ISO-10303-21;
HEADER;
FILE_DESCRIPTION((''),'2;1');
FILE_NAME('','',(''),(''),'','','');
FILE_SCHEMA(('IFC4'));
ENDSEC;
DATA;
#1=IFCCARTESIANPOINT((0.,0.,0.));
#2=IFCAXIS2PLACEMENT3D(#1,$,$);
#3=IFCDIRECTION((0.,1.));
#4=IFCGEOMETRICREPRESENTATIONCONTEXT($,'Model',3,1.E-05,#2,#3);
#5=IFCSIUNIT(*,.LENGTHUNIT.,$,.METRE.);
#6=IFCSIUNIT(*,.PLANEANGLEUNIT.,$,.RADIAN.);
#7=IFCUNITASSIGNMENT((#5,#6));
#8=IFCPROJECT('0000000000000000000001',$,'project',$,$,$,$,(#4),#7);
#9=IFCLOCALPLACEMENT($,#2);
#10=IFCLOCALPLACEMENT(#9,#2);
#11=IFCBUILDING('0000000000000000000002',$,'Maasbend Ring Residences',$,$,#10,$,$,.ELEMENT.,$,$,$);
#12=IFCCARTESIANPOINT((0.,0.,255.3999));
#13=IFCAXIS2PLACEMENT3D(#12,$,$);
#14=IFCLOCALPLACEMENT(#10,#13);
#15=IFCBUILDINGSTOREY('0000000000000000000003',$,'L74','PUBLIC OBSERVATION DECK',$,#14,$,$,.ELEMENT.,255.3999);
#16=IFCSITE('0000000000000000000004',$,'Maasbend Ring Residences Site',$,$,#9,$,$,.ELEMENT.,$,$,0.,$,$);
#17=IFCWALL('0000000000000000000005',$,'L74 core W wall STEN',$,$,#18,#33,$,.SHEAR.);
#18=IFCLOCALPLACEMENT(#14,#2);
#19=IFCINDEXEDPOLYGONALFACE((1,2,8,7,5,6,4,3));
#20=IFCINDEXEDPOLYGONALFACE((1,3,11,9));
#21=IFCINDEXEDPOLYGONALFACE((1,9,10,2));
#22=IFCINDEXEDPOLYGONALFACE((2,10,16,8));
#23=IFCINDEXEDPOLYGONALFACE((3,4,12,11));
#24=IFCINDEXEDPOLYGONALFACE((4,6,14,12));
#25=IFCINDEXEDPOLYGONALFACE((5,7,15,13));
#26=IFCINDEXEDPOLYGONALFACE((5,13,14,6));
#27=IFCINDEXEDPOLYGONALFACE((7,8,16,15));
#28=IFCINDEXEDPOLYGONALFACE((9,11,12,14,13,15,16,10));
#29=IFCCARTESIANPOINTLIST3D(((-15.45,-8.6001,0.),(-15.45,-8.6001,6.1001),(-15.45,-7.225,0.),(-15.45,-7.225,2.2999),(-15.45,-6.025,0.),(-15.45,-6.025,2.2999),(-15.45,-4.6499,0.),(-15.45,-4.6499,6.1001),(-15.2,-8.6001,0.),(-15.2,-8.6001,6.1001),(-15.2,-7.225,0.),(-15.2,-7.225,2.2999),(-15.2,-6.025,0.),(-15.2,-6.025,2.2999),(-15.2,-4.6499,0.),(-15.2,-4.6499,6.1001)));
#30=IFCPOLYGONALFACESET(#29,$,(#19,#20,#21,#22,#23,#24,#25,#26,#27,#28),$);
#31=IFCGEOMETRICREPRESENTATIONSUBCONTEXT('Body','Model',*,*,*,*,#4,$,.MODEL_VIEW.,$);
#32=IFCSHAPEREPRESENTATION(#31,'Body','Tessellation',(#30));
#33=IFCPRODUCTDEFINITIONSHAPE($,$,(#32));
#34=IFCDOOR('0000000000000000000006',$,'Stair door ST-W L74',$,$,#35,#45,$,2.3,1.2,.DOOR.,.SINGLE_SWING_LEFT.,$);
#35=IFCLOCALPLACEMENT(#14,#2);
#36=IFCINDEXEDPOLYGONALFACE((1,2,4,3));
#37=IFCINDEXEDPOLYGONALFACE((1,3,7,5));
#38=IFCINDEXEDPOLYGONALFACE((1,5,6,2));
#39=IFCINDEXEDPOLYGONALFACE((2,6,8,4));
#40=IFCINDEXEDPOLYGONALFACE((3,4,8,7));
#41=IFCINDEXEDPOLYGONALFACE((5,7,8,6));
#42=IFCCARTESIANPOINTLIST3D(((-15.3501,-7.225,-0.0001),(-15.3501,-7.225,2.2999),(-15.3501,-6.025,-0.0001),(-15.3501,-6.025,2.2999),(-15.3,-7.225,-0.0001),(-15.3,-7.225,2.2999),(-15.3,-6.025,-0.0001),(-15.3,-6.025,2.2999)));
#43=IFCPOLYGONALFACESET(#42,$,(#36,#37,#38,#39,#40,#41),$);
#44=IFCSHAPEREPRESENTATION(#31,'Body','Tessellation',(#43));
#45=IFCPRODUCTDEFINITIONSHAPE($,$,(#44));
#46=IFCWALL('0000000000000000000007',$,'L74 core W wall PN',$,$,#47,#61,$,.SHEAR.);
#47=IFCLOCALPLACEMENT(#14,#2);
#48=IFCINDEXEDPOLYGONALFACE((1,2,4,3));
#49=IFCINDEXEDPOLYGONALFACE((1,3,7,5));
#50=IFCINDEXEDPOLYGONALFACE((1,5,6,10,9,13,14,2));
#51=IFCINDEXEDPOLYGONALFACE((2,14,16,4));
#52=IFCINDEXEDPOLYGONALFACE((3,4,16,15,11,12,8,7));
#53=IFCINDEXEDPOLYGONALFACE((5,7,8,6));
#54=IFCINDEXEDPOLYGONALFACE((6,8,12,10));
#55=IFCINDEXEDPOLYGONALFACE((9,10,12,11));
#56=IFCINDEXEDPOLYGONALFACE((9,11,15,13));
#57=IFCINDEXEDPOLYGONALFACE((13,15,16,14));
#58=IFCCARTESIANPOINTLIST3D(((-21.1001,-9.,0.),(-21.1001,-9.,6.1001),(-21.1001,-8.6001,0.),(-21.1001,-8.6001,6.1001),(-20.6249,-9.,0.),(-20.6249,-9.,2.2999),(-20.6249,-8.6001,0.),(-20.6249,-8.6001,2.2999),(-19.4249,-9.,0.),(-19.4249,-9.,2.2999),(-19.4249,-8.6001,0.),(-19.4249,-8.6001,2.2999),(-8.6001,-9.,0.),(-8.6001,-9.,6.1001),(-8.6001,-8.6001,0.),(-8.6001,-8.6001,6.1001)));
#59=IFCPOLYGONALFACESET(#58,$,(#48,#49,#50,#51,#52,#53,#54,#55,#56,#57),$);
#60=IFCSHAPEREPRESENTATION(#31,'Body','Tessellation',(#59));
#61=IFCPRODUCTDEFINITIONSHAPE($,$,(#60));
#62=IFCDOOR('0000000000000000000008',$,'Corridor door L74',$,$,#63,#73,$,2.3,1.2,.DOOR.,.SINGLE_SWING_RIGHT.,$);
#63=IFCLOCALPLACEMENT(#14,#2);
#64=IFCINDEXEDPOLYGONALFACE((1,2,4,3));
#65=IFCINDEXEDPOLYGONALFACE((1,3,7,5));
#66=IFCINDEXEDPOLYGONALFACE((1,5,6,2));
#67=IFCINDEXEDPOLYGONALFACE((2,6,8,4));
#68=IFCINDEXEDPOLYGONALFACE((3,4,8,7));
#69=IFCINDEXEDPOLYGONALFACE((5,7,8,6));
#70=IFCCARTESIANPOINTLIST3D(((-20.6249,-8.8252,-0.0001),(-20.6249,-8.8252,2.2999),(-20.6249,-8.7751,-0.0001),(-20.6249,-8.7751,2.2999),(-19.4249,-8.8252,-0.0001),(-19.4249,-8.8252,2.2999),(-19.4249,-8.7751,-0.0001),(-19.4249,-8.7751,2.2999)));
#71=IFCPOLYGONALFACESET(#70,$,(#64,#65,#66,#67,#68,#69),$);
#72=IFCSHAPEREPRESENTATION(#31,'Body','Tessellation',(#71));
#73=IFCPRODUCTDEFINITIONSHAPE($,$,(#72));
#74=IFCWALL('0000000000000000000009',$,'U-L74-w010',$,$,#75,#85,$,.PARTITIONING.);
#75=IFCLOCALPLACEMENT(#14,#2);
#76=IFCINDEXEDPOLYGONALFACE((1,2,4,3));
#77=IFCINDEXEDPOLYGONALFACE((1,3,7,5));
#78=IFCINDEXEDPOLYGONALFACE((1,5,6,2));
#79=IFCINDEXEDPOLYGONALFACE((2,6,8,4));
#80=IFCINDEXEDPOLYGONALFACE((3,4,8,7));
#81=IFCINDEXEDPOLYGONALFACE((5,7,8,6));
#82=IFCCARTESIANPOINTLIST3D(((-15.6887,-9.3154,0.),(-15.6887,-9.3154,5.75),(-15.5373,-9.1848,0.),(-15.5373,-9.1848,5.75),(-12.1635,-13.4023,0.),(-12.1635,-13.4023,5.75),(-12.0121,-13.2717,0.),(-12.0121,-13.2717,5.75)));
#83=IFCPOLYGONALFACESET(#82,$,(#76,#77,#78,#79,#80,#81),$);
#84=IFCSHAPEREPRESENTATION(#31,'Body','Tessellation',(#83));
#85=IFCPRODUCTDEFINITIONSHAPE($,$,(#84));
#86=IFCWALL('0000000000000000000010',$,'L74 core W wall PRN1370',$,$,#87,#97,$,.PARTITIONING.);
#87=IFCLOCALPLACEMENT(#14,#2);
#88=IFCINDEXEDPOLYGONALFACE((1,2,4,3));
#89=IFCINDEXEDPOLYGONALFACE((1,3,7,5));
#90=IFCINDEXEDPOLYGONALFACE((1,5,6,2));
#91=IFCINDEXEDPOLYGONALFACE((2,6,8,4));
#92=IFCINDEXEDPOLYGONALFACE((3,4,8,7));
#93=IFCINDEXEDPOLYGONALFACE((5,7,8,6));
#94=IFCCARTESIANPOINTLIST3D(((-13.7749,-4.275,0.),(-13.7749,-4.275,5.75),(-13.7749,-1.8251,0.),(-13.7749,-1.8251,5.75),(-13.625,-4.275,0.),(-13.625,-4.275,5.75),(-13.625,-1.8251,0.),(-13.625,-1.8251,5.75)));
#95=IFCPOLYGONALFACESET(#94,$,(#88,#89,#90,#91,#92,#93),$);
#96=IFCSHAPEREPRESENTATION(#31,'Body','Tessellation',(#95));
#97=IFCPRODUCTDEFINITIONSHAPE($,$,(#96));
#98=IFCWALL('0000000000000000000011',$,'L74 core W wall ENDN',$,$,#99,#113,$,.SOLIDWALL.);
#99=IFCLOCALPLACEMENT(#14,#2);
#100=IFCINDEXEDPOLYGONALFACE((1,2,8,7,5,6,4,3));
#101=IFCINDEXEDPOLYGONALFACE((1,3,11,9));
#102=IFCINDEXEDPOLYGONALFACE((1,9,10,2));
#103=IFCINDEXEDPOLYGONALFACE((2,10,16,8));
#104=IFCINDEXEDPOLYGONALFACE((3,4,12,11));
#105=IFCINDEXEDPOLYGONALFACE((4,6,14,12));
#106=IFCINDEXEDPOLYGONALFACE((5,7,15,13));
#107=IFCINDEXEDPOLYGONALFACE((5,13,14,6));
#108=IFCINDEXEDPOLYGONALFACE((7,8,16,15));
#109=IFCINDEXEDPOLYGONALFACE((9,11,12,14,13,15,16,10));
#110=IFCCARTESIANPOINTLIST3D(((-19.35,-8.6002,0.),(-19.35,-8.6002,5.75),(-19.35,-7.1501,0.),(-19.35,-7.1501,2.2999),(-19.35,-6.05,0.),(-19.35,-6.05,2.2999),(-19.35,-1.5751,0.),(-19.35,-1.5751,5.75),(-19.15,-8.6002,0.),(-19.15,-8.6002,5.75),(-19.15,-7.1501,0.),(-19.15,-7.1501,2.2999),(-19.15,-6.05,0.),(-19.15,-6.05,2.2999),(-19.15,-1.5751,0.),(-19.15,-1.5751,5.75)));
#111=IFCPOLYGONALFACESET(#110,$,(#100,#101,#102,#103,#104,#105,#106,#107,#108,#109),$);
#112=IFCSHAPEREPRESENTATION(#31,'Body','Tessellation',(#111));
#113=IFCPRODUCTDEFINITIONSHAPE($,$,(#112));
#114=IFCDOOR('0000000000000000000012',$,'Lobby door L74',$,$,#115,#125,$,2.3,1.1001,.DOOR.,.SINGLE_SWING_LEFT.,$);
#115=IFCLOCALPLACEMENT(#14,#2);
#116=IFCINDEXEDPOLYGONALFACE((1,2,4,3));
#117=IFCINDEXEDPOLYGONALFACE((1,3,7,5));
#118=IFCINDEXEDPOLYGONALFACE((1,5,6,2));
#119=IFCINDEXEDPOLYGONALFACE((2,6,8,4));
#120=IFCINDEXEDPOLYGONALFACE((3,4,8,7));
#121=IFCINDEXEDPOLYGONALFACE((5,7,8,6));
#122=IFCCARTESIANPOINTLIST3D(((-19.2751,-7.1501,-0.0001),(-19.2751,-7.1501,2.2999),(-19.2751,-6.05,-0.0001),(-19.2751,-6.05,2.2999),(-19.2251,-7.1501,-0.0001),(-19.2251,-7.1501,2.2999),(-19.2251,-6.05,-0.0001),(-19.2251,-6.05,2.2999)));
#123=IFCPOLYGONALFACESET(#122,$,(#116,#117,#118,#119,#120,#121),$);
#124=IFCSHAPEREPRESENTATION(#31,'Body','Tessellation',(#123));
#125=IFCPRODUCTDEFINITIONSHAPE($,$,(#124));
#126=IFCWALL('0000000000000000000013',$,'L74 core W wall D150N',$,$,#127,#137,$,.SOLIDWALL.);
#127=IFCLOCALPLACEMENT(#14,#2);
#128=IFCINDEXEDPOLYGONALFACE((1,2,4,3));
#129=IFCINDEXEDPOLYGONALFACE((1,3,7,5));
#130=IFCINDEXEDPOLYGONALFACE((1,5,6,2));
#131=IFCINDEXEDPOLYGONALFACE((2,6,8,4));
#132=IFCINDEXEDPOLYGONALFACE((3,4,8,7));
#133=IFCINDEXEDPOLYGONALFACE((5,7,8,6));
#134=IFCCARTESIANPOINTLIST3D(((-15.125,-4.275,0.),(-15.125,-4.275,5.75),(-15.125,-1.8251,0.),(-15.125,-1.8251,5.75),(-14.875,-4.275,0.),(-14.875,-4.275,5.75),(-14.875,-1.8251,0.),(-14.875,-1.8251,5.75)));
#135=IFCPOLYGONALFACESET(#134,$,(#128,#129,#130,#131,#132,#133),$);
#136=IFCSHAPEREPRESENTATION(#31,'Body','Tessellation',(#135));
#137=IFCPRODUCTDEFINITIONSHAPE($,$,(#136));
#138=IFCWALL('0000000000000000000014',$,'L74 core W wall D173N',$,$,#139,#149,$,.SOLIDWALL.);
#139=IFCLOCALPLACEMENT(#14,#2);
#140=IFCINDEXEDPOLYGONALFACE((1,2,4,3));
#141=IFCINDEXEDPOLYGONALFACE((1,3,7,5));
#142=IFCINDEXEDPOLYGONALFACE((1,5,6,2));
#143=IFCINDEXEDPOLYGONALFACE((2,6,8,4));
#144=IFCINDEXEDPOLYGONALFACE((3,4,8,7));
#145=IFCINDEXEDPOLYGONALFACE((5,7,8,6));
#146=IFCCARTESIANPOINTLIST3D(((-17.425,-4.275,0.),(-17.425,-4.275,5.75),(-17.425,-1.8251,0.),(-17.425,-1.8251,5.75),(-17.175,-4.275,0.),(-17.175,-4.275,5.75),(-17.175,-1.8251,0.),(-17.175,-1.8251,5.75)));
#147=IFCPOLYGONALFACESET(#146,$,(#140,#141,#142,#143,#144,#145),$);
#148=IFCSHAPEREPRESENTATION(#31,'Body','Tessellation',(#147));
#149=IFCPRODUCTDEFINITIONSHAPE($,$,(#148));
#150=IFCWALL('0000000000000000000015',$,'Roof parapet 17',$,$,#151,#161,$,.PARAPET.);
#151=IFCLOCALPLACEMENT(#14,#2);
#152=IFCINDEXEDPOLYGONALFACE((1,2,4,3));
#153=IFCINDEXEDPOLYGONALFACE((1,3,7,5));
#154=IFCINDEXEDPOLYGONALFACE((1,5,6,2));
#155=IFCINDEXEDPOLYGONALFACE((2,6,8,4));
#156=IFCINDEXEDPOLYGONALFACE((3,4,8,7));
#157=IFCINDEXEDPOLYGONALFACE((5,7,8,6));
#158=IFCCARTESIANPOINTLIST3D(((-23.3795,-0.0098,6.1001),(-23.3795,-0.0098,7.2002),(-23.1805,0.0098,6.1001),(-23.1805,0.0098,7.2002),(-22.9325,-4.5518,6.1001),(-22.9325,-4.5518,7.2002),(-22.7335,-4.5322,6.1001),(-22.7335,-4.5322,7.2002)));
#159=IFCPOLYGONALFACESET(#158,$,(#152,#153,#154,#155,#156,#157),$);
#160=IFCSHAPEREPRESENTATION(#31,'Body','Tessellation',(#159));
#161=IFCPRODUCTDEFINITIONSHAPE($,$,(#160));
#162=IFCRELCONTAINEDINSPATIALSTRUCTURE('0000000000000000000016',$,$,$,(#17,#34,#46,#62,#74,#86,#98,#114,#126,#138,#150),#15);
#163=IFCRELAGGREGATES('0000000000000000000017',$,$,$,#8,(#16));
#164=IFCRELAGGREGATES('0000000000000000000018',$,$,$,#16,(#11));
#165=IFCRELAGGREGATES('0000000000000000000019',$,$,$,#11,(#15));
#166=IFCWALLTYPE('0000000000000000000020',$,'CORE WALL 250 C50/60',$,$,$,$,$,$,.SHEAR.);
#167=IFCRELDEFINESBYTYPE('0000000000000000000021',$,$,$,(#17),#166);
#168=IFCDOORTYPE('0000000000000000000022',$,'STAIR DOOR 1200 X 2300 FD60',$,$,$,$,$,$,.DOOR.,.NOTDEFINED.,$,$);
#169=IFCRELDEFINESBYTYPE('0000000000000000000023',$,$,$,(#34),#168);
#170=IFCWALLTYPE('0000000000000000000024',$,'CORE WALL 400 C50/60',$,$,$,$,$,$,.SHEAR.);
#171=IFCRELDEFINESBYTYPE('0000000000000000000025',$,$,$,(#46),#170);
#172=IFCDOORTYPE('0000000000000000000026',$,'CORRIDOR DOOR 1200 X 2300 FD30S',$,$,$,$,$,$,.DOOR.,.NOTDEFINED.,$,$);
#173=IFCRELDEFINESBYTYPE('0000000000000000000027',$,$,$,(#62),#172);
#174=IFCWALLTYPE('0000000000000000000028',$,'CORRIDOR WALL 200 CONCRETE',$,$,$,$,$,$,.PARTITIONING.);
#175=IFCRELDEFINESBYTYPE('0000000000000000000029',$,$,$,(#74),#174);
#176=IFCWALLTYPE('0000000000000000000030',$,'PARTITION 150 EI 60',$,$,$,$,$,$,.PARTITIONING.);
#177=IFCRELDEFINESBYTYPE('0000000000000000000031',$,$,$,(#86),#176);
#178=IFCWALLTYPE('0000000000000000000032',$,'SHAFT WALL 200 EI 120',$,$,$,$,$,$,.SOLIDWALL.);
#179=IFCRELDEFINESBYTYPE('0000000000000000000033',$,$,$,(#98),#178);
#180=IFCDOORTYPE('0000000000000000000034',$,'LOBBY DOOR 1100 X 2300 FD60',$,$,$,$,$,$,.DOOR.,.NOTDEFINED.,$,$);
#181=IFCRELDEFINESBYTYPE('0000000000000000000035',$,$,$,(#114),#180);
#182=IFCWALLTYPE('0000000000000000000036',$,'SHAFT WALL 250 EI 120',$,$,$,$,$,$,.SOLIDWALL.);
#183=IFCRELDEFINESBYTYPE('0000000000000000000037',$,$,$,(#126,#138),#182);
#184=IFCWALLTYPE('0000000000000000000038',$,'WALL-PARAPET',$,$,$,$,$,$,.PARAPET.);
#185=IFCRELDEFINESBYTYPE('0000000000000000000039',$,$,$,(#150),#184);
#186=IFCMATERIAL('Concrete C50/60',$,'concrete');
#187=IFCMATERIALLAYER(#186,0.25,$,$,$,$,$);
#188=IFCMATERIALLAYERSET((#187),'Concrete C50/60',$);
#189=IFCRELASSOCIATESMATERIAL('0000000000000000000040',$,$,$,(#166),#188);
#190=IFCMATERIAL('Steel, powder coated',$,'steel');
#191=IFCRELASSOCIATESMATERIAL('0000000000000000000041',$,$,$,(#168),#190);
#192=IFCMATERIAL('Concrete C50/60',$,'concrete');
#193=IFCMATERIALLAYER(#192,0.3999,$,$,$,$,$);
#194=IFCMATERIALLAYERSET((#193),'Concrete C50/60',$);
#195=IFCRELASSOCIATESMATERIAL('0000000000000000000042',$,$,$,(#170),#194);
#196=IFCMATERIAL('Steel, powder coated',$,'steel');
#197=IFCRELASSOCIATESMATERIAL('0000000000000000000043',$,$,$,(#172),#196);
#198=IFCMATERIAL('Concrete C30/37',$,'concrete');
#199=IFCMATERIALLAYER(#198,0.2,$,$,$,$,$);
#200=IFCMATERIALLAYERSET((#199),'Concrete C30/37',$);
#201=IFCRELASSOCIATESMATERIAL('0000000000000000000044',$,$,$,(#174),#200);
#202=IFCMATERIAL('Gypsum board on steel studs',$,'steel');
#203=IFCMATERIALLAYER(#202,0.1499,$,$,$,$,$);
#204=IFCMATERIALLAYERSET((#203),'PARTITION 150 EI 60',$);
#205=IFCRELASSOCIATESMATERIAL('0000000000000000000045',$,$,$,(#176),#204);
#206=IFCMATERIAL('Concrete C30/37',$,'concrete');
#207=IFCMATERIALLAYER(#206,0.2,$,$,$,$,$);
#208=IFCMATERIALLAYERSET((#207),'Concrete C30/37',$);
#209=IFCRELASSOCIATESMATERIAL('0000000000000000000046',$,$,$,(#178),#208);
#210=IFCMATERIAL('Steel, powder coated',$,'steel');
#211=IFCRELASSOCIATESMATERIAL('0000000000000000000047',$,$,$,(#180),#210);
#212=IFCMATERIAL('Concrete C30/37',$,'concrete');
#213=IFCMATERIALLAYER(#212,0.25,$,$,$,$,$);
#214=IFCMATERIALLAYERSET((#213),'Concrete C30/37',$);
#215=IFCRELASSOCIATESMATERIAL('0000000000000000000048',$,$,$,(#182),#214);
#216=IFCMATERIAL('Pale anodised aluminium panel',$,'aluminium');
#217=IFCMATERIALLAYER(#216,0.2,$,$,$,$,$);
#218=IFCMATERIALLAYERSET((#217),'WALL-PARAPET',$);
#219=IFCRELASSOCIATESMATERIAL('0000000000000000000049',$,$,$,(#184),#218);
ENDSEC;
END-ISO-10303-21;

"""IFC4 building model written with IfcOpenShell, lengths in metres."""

from ifc_helpers import new_model, si_unit, direction, frame, frame_2d, origin, place, context, subcontext, project, spatial, rectangle, extrude, material, layer, layer_set, type_object, element, fill, save


model = new_model("IFC4")

# Units and contexts
model_context = context("Model", 3, precision=1e-05, world=origin(), true_north=direction((0.0, 1.0)))
body_context = subcontext(model_context, "Body", "Model", "MODEL_VIEW")
ifc_project = project(units=[si_unit("LENGTHUNIT", "METRE"), si_unit("PLANEANGLEUNIT", "RADIAN")], contexts=[model_context])

# Site, building, storey
site_placement = place(None, origin())
site = spatial("IfcSite", under=ifc_project, at=site_placement, Name="Maasbend Ring Residences Site", CompositionType="ELEMENT", RefElevation=0.0)
building_placement = place(site_placement, origin())
building = spatial("IfcBuilding", under=site, at=building_placement, Name="Maasbend Ring Residences", CompositionType="ELEMENT")
storey_placement = place(building_placement, frame((0.0, 0.0, 255.3999)))
storey = spatial("IfcBuildingStorey", under=building, at=storey_placement, Name="L74", Description="PUBLIC OBSERVATION DECK", CompositionType="ELEMENT", Elevation=255.3999)

# Walls, openings, doors
ifc_material_1 = material(Name="Concrete C50/60", Category="concrete")
ifc_layer_1 = layer(ifc_material_1, 0.25)
ifc_layer_set_1 = layer_set([ifc_layer_1], Name="Concrete C50/60")
wall_type_1 = type_object("IfcWallType", Name="CORE WALL 250 C50/60", PredefinedType="SHEAR", material=ifc_layer_set_1)
wall_1_placement = place(storey_placement, frame((-15.325, -4.6499, 0.0), z_axis=(0.0, 0.0, 1.0), x_axis=(0.0, -1.0, 0.0)))
wall_1 = element("IfcWall", 1, at=wall_1_placement, inside=storey, type_object=wall_type_1, Name="L74 core W wall STEN", PredefinedType="SHEAR", context=body_context, shape_type="SweptSolid", body=[
    extrude(rectangle(XDim=3.9502, YDim=0.25, at=frame_2d((1.9751, 0.0))), origin(), (0.0, 0.0, 1.0), 6.1001),
])
opening_1_placement = place(wall_1_placement, frame((1.375, 0.0, 0.0)))
opening_1 = element("IfcOpeningElement", 2, at=opening_1_placement, cuts=wall_1, PredefinedType="OPENING", context=body_context, shape_type="SweptSolid", body=[
    extrude(rectangle(XDim=1.2, YDim=2.3, at=frame_2d((0.6001, 1.1499))), frame((0.0, 0.135, 0.0), z_axis=(0.0, -1.0, 0.0), x_axis=(1.0, 0.0, 0.0)), (0.0, 0.0, 1.0), 0.27),
])
ifc_material_2 = material(Name="Steel, powder coated", Category="steel")
door_type_1 = type_object("IfcDoorType", Name="STAIR DOOR 1200 X 2300 FD60", OperationType="NOTDEFINED", PredefinedType="DOOR", material=ifc_material_2)
door_1_placement = place(opening_1_placement, origin())
door_1 = element("IfcDoor", 3, at=door_1_placement, inside=storey, type_object=door_type_1, Name="Stair door ST-W L74", OperationType="SINGLE_SWING_LEFT", OverallHeight=2.3, OverallWidth=1.2, PredefinedType="DOOR", context=body_context, shape_type="SweptSolid", body=[
    extrude(rectangle(XDim=1.2, YDim=2.3, at=frame_2d((0.6001, 1.1499))), frame((0.0, 0.0249, 0.0), z_axis=(0.0, -1.0, 0.0), x_axis=(1.0, 0.0, 0.0)), (0.0, 0.0, 1.0), 0.05),
])
fill(opening_1, door_1)
ifc_material_3 = material(Name="Concrete C50/60", Category="concrete")
ifc_layer_2 = layer(ifc_material_3, 0.3999)
ifc_layer_set_2 = layer_set([ifc_layer_2], Name="Concrete C50/60")
wall_type_2 = type_object("IfcWallType", Name="CORE WALL 400 C50/60", PredefinedType="SHEAR", material=ifc_layer_set_2)
wall_2_placement = place(storey_placement, frame((-21.1001, -8.8, 0.0), z_axis=(0.0, 0.0, 1.0), x_axis=(1.0, 0.0, 0.0)))
wall_2 = element("IfcWall", 4, at=wall_2_placement, inside=storey, type_object=wall_type_2, Name="L74 core W wall PN", PredefinedType="SHEAR", context=body_context, shape_type="SweptSolid", body=[
    extrude(rectangle(XDim=12.5, YDim=0.3999, at=frame_2d((6.25, 0.0))), origin(), (0.0, 0.0, 1.0), 6.1001),
])
opening_2_placement = place(wall_2_placement, frame((0.4751, 0.0, 0.0)))
opening_2 = element("IfcOpeningElement", 5, at=opening_2_placement, cuts=wall_2, PredefinedType="OPENING", context=body_context, shape_type="SweptSolid", body=[
    extrude(rectangle(XDim=1.2, YDim=2.3, at=frame_2d((0.6001, 1.1499))), frame((0.0, 0.21, 0.0), z_axis=(0.0, -1.0, 0.0), x_axis=(1.0, 0.0, 0.0)), (0.0, 0.0, 1.0), 0.4199),
])
ifc_material_4 = material(Name="Steel, powder coated", Category="steel")
door_type_2 = type_object("IfcDoorType", Name="CORRIDOR DOOR 1200 X 2300 FD30S", OperationType="NOTDEFINED", PredefinedType="DOOR", material=ifc_material_4)
door_2_placement = place(opening_2_placement, origin())
door_2 = element("IfcDoor", 6, at=door_2_placement, inside=storey, type_object=door_type_2, Name="Corridor door L74", OperationType="SINGLE_SWING_RIGHT", OverallHeight=2.3, OverallWidth=1.2, PredefinedType="DOOR", context=body_context, shape_type="SweptSolid", body=[
    extrude(rectangle(XDim=1.2, YDim=2.3, at=frame_2d((0.6001, 1.1499))), frame((0.0, 0.0249, 0.0), z_axis=(0.0, -1.0, 0.0), x_axis=(1.0, 0.0, 0.0)), (0.0, 0.0, 1.0), 0.05),
])
fill(opening_2, door_2)

# Walls
ifc_material_5 = material(Name="Concrete C30/37", Category="concrete")
ifc_layer_3 = layer(ifc_material_5, 0.2)
ifc_layer_set_3 = layer_set([ifc_layer_3], Name="Concrete C30/37")
wall_type_3 = type_object("IfcWallType", Name="CORRIDOR WALL 200 CONCRETE", PredefinedType="PARTITIONING", material=ifc_layer_set_3)
wall_3_placement = place(storey_placement, frame((-15.613, -9.25, 0.0), z_axis=(0.0, 0.0, 1.0), x_axis=(0.653146, -0.757232, 0.0)))
element("IfcWall", 7, at=wall_3_placement, inside=storey, type_object=wall_type_3, Name="U-L74-w010", PredefinedType="PARTITIONING", context=body_context, shape_type="SweptSolid", body=[
    extrude(rectangle(XDim=5.3972, YDim=0.2, at=frame_2d((2.6987, 0.0))), origin(), (0.0, 0.0, 1.0), 5.75),
])
ifc_material_6 = material(Name="Gypsum board on steel studs", Category="steel")
ifc_layer_4 = layer(ifc_material_6, 0.1499)
ifc_layer_set_4 = layer_set([ifc_layer_4], Name="PARTITION 150 EI 60")
wall_type_4 = type_object("IfcWallType", Name="PARTITION 150 EI 60", PredefinedType="PARTITIONING", material=ifc_layer_set_4)
wall_4_placement = place(storey_placement, frame((-13.7, -1.825, 0.0), z_axis=(0.0, 0.0, 1.0), x_axis=(0.0, -1.0, 0.0)))
element("IfcWall", 8, at=wall_4_placement, inside=storey, type_object=wall_type_4, Name="L74 core W wall PRN1370", PredefinedType="PARTITIONING", context=body_context, shape_type="SweptSolid", body=[
    extrude(rectangle(XDim=2.45, YDim=0.1499, at=frame_2d((1.2251, 0.0))), origin(), (0.0, 0.0, 1.0), 5.75),
])

# Wall, opening, door
ifc_material_7 = material(Name="Concrete C30/37", Category="concrete")
ifc_layer_5 = layer(ifc_material_7, 0.2)
ifc_layer_set_5 = layer_set([ifc_layer_5], Name="Concrete C30/37")
wall_type_5 = type_object("IfcWallType", Name="SHAFT WALL 200 EI 120", PredefinedType="SOLIDWALL", material=ifc_layer_set_5)
wall_5_placement = place(storey_placement, frame((-19.25, -1.575, 0.0), z_axis=(0.0, 0.0, 1.0), x_axis=(0.0, -1.0, 0.0)))
wall_5 = element("IfcWall", 9, at=wall_5_placement, inside=storey, type_object=wall_type_5, Name="L74 core W wall ENDN", PredefinedType="SOLIDWALL", context=body_context, shape_type="SweptSolid", body=[
    extrude(rectangle(XDim=7.0251, YDim=0.2, at=frame_2d((3.5127, 0.0))), origin(), (0.0, 0.0, 1.0), 5.75),
])
opening_3_placement = place(wall_5_placement, frame((4.4751, 0.0, 0.0)))
opening_3 = element("IfcOpeningElement", 10, at=opening_3_placement, cuts=wall_5, PredefinedType="OPENING", context=body_context, shape_type="SweptSolid", body=[
    extrude(rectangle(XDim=1.1001, YDim=2.3, at=frame_2d((0.55, 1.1499))), frame((0.0, 0.1099, 0.0), z_axis=(0.0, -1.0, 0.0), x_axis=(1.0, 0.0, 0.0)), (0.0, 0.0, 1.0), 0.22),
])
ifc_material_8 = material(Name="Steel, powder coated", Category="steel")
door_type_3 = type_object("IfcDoorType", Name="LOBBY DOOR 1100 X 2300 FD60", OperationType="NOTDEFINED", PredefinedType="DOOR", material=ifc_material_8)
door_3_placement = place(opening_3_placement, origin())
door_3 = element("IfcDoor", 11, at=door_3_placement, inside=storey, type_object=door_type_3, Name="Lobby door L74", OperationType="SINGLE_SWING_LEFT", OverallHeight=2.3, OverallWidth=1.1001, PredefinedType="DOOR", context=body_context, shape_type="SweptSolid", body=[
    extrude(rectangle(XDim=1.1001, YDim=2.3, at=frame_2d((0.55, 1.1499))), frame((0.0, 0.0249, 0.0), z_axis=(0.0, -1.0, 0.0), x_axis=(1.0, 0.0, 0.0)), (0.0, 0.0, 1.0), 0.05),
])
fill(opening_3, door_3)

# Walls
ifc_material_9 = material(Name="Concrete C30/37", Category="concrete")
ifc_layer_6 = layer(ifc_material_9, 0.25)
ifc_layer_set_6 = layer_set([ifc_layer_6], Name="Concrete C30/37")
wall_type_6 = type_object("IfcWallType", Name="SHAFT WALL 250 EI 120", PredefinedType="SOLIDWALL", material=ifc_layer_set_6)
for number, where, z_axis, x_axis, name in (
    (12, (-15.0, -1.825, 0.0), (0.0, 0.0, 1.0), (0.0, -1.0, 0.0), "L74 core W wall D150N"),
    (13, (-17.3, -1.825, 0.0), (0.0, 0.0, 1.0), (0.0, -1.0, 0.0), "L74 core W wall D173N"),
):
    element("IfcWall", number, at=place(storey_placement, frame(where, z_axis=z_axis, x_axis=x_axis)), inside=storey, type_object=wall_type_6, Name=name, PredefinedType="SOLIDWALL", context=body_context, shape_type="SweptSolid", body=[
        extrude(rectangle(XDim=2.45, YDim=0.25, at=frame_2d((1.2251, 0.0))), origin(), (0.0, 0.0, 1.0), 5.75),
    ])
ifc_material_10 = material(Name="Pale anodised aluminium panel", Category="aluminium")
ifc_layer_7 = layer(ifc_material_10, 0.2)
ifc_layer_set_7 = layer_set([ifc_layer_7], Name="WALL-PARAPET")
wall_type_7 = type_object("IfcWallType", Name="WALL-PARAPET", PredefinedType="PARAPET", material=ifc_layer_set_7)
wall_6_placement = place(storey_placement, frame((-23.28, 0.0, 6.1001), z_axis=(0.0, 0.0, 1.0), x_axis=(0.097946, -0.995192, 0.0)))
element("IfcWall", 14, at=wall_6_placement, inside=storey, type_object=wall_type_7, Name="Roof parapet 17", PredefinedType="PARAPET", context=body_context, shape_type="SweptSolid", body=[
    extrude(rectangle(XDim=4.564, YDim=0.2, at=frame_2d((2.282, 0.0))), origin(), (0.0, 0.0, 1.0), 1.1001),
])

save(model, "model.ifc")
